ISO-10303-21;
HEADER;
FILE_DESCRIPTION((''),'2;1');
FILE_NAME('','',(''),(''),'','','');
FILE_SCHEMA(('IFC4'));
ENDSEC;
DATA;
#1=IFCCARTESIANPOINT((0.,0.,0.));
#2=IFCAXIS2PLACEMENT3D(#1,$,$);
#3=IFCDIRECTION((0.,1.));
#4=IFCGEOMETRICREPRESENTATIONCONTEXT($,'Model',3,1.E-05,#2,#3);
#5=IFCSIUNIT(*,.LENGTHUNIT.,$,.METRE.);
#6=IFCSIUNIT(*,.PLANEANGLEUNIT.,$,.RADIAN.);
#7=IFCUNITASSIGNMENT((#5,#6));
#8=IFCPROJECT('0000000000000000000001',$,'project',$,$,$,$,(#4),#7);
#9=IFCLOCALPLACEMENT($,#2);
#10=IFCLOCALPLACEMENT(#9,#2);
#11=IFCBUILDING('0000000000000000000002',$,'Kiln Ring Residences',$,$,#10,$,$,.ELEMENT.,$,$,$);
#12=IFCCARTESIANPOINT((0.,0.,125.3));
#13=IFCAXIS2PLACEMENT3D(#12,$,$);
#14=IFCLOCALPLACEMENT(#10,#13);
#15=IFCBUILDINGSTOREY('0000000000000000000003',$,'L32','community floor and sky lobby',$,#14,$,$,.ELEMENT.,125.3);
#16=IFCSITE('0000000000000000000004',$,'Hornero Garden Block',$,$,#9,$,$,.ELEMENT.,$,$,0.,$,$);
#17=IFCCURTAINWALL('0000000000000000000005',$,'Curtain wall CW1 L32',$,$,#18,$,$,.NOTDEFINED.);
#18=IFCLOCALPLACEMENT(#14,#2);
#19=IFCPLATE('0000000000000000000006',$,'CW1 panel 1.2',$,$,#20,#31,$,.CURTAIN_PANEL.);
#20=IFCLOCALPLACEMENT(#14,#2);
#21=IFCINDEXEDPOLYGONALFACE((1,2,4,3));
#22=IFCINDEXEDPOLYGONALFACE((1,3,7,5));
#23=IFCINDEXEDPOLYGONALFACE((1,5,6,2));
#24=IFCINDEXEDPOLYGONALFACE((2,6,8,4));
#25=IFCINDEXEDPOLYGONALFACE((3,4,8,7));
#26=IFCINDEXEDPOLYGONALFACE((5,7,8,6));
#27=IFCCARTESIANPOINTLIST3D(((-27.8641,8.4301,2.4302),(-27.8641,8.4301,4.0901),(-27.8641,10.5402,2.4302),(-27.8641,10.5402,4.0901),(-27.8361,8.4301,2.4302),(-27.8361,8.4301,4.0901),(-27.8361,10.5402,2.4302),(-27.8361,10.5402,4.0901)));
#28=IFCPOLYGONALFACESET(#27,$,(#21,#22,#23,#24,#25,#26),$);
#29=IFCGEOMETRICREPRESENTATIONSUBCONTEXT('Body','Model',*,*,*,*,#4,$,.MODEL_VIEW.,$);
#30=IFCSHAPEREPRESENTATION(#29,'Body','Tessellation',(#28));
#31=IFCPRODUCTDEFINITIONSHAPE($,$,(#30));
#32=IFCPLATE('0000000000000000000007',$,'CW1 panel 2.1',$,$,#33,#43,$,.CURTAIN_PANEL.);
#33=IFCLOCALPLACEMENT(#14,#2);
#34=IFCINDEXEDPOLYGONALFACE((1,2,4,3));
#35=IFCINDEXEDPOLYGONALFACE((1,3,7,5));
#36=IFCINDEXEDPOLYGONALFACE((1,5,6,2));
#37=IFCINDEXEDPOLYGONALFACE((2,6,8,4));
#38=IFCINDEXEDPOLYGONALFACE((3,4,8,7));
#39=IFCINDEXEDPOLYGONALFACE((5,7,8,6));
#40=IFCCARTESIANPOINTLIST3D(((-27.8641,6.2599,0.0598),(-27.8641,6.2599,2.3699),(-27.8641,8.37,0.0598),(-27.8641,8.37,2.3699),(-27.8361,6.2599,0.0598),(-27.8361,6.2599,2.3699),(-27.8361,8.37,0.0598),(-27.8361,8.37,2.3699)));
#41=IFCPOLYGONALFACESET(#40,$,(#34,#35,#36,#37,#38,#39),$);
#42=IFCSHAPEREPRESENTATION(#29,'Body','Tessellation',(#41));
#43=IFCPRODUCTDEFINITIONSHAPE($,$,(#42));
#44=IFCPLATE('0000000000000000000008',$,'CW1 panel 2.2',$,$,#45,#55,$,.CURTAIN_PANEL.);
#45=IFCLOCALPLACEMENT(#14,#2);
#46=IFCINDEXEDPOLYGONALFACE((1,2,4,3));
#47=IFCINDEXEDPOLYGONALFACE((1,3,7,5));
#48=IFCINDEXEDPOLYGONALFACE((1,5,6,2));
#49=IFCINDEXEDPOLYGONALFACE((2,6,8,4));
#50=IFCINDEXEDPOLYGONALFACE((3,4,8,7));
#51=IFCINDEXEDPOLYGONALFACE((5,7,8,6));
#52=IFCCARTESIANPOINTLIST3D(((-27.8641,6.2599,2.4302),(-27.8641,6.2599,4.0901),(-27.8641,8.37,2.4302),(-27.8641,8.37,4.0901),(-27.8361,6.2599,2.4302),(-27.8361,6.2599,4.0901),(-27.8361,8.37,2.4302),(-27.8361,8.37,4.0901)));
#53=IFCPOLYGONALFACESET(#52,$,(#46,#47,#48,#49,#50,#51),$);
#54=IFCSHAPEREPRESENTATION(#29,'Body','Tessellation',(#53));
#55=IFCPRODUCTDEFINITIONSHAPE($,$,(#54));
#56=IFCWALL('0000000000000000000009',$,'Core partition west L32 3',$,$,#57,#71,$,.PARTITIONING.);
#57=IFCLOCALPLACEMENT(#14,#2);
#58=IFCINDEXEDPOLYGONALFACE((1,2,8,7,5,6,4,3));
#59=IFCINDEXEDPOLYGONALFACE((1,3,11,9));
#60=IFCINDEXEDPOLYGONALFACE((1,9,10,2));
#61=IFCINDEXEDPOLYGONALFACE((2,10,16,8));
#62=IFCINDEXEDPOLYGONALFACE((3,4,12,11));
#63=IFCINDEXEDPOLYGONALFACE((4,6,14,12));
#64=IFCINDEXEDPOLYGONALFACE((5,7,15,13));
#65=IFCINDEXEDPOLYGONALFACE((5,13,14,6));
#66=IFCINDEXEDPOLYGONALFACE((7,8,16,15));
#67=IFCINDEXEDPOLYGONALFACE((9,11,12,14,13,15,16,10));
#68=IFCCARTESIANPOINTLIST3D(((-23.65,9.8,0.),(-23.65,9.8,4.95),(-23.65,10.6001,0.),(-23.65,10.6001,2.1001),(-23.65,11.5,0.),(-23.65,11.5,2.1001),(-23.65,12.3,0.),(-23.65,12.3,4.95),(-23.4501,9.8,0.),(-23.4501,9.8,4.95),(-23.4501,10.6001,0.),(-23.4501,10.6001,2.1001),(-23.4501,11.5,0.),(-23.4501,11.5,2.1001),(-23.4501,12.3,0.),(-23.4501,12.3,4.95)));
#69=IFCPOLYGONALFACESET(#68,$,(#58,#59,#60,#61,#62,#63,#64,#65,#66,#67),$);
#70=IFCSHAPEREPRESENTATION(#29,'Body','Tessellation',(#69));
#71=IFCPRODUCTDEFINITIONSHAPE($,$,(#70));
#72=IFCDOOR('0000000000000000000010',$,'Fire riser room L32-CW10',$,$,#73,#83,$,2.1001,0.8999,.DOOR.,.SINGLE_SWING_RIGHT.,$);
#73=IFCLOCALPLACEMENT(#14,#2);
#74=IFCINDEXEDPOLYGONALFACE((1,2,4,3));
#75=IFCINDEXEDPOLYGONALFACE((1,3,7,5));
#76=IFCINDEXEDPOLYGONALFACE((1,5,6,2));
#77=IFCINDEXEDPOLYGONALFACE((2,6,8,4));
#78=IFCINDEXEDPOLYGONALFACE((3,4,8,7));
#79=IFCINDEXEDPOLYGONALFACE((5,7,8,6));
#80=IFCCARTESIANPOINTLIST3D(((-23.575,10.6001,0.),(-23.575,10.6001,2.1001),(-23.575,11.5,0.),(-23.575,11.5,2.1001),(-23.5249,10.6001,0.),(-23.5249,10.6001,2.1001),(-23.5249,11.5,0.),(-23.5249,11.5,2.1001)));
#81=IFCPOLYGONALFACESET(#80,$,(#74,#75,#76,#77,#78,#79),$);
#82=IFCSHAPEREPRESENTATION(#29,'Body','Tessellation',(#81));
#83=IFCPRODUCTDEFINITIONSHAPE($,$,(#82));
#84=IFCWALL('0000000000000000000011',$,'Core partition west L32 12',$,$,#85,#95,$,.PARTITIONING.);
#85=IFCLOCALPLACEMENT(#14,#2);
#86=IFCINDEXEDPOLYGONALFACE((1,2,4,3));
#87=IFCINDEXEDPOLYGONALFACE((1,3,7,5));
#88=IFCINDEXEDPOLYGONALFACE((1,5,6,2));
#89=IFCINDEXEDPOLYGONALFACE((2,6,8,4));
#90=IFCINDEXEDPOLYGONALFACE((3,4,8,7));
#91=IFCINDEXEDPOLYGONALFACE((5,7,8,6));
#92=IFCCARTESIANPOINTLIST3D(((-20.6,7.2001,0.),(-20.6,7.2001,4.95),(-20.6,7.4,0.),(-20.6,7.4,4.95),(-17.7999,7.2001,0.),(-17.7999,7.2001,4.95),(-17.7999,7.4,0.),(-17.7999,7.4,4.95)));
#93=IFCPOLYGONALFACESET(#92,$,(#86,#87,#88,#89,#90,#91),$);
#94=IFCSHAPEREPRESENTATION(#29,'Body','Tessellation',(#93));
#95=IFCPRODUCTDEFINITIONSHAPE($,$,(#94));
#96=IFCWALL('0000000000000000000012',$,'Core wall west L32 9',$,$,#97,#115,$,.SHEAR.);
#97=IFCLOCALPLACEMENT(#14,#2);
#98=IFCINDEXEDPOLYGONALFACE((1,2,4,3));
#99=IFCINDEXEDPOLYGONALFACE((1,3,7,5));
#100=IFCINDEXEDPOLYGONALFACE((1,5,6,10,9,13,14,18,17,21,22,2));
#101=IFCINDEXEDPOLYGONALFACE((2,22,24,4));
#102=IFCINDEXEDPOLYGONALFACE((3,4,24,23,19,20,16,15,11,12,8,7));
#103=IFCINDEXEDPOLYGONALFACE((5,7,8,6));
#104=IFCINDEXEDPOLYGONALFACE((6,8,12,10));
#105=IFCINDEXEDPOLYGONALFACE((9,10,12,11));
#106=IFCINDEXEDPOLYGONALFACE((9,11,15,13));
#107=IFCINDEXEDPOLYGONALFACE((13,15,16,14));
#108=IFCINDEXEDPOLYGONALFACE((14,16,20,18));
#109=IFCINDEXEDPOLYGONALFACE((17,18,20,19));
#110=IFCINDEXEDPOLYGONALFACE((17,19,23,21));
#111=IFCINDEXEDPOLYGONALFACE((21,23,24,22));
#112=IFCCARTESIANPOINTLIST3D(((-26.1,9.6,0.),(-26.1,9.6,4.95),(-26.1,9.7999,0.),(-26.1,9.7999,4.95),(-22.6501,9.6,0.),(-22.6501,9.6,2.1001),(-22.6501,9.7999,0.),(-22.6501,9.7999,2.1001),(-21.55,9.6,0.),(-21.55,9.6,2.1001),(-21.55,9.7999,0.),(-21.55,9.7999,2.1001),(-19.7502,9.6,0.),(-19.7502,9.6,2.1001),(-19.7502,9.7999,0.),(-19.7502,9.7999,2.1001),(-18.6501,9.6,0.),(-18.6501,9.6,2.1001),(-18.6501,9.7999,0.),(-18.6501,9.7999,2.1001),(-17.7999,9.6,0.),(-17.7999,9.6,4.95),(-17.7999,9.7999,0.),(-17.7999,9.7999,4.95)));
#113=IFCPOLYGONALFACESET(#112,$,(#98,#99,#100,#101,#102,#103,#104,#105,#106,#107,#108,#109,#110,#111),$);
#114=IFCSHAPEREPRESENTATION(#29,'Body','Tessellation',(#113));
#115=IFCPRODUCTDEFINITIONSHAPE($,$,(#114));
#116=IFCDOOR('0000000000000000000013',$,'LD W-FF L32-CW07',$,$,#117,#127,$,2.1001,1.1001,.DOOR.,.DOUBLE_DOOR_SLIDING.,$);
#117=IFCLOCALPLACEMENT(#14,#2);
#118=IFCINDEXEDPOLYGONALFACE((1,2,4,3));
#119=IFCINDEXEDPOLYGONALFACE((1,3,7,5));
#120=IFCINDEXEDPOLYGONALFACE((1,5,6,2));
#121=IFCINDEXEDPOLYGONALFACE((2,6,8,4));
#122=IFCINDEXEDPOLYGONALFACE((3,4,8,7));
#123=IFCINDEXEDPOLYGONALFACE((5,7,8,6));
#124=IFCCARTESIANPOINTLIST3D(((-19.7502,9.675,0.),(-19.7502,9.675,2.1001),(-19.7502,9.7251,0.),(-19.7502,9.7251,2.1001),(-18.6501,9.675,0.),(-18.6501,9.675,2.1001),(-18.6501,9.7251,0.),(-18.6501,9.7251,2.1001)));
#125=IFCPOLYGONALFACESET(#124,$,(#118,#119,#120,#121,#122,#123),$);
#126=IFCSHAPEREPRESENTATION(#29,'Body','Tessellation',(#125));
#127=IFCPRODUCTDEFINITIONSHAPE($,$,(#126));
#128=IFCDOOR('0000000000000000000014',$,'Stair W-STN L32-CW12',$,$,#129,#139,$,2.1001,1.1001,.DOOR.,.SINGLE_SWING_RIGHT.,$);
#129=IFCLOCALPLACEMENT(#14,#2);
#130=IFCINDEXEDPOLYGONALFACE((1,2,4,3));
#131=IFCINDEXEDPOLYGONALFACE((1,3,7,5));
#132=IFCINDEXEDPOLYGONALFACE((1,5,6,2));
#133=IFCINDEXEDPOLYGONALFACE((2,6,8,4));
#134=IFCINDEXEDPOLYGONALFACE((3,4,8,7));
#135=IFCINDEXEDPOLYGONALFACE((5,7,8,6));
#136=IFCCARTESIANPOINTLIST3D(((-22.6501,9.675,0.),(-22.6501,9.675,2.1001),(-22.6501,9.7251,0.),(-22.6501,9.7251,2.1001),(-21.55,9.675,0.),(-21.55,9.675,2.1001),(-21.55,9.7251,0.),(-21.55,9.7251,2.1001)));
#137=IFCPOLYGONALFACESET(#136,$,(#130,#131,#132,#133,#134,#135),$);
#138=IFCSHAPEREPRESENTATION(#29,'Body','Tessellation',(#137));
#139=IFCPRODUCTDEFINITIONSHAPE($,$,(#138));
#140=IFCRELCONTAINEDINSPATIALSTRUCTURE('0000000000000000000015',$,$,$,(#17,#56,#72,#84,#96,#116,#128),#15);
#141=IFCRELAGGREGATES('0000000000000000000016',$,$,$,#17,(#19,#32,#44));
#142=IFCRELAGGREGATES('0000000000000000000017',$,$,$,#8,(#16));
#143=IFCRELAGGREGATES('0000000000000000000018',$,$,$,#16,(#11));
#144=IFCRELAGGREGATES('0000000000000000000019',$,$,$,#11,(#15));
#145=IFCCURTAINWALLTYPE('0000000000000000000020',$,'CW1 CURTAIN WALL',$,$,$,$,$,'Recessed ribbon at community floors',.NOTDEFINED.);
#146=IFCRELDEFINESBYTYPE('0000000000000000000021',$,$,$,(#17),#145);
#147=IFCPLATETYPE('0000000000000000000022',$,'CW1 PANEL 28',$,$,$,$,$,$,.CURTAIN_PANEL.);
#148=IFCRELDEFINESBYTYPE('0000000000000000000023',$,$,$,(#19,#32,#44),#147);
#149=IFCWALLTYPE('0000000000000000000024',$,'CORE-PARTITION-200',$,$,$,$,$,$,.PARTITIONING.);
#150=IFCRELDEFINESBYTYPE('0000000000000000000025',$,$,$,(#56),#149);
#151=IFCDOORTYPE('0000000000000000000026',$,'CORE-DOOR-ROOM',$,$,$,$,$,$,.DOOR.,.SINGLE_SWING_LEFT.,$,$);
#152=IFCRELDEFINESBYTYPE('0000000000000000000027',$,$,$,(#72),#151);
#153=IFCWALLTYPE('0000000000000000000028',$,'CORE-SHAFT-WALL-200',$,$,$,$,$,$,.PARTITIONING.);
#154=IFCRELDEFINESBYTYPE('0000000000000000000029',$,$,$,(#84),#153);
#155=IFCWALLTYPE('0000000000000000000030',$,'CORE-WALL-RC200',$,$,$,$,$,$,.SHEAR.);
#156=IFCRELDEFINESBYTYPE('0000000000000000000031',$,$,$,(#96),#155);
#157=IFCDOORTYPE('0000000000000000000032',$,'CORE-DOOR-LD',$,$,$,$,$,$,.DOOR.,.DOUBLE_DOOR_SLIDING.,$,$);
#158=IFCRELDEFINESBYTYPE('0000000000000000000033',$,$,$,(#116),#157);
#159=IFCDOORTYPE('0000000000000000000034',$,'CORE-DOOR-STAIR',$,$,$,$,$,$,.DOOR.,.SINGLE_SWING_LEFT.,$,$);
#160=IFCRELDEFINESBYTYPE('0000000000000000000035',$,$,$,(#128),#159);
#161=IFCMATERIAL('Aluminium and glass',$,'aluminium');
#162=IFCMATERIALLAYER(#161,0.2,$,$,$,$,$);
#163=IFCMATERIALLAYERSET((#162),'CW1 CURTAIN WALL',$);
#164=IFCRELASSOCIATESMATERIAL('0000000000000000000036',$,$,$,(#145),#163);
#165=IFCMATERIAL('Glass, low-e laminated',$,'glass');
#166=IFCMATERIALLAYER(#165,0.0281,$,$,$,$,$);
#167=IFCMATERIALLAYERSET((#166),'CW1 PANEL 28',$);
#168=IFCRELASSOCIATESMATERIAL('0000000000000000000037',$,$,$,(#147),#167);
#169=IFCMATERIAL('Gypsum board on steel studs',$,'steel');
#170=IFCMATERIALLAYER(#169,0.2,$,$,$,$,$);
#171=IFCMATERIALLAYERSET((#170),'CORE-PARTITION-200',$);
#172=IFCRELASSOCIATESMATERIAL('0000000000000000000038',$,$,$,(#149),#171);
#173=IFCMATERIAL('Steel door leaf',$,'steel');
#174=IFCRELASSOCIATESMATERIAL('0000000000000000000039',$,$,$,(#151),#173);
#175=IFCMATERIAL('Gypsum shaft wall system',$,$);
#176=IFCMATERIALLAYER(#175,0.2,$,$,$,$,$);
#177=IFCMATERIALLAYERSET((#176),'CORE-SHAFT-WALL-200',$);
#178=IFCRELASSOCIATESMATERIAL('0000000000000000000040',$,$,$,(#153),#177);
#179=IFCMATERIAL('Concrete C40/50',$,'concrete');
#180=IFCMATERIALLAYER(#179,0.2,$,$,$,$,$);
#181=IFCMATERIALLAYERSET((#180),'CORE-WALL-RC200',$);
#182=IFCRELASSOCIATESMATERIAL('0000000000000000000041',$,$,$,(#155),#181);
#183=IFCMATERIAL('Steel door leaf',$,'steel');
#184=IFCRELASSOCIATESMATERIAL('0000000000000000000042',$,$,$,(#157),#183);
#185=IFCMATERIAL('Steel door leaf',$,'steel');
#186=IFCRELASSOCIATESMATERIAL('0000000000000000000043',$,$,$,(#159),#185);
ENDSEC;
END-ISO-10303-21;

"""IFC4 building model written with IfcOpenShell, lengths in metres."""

from ifc_helpers import new_model, si_unit, direction, frame, frame_2d, origin, origin_2d, place, context, subcontext, project, spatial, rectangle, extrude, material, layer, layer_set, type_object, element, fill, aggregate, save


model = new_model("IFC4")

# Units and contexts
model_context = context("Model", 3, precision=1e-05, world=origin(), true_north=direction((0.0, 1.0)))
body_context = subcontext(model_context, "Body", "Model", "MODEL_VIEW")
ifc_project = project(units=[si_unit("LENGTHUNIT", "METRE"), si_unit("PLANEANGLEUNIT", "RADIAN")], contexts=[model_context])

# Site, building, storey
site_placement = place(None, origin())
site = spatial("IfcSite", under=ifc_project, at=site_placement, Name="Hornero Garden Block", CompositionType="ELEMENT", RefElevation=0.0)
building_placement = place(site_placement, origin())
building = spatial("IfcBuilding", under=site, at=building_placement, Name="Kiln Ring Residences", CompositionType="ELEMENT")
storey_placement = place(building_placement, frame((0.0, 0.0, 125.3)))
storey = spatial("IfcBuildingStorey", under=building, at=storey_placement, Name="L32", Description="community floor and sky lobby", CompositionType="ELEMENT", Elevation=125.3)

# Curtain wall
ifc_material_1 = material(Name="Aluminium and glass", Category="aluminium")
ifc_layer_1 = layer(ifc_material_1, 0.2)
ifc_layer_set_1 = layer_set([ifc_layer_1], Name="CW1 CURTAIN WALL")
curtain_wall_type = type_object("IfcCurtainWallType", Name="CW1 CURTAIN WALL", ElementType="Recessed ribbon at community floors", PredefinedType="NOTDEFINED", material=ifc_layer_set_1)
placement = place(storey_placement, origin())
curtain_wall = element("IfcCurtainWall", 1, at=placement, inside=storey, type_object=curtain_wall_type, Name="Curtain wall CW1 L32", PredefinedType="NOTDEFINED")

# Plates
ifc_material_2 = material(Name="Glass, low-e laminated", Category="glass")
ifc_layer_2 = layer(ifc_material_2, 0.0281)
ifc_layer_set_2 = layer_set([ifc_layer_2], Name="CW1 PANEL 28")
plate_type = type_object("IfcPlateType", Name="CW1 PANEL 28", PredefinedType="CURTAIN_PANEL", material=ifc_layer_set_2)
plate_1_placement = place(storey_placement, frame((-27.8501, 9.4851, 2.4302), z_axis=(0.0, 0.0, 1.0), x_axis=(0.0, -1.0, 0.0)))
plate_1 = element("IfcPlate", 2, at=plate_1_placement, type_object=plate_type, Name="CW1 panel 1.2", PredefinedType="CURTAIN_PANEL", context=body_context, shape_type="SweptSolid", body=[
    extrude(rectangle(XDim=2.1101, YDim=0.0281, at=origin_2d()), origin(), (0.0, 0.0, 1.0), 1.6599),
])
plate_2_placement = place(storey_placement, frame((-27.8501, 7.3149, 0.0598), z_axis=(0.0, 0.0, 1.0), x_axis=(0.0, -1.0, 0.0)))
plate_2 = element("IfcPlate", 3, at=plate_2_placement, type_object=plate_type, Name="CW1 panel 2.1", PredefinedType="CURTAIN_PANEL", context=body_context, shape_type="SweptSolid", body=[
    extrude(rectangle(XDim=2.1101, YDim=0.0281, at=origin_2d()), origin(), (0.0, 0.0, 1.0), 2.3101),
])
plate_3_placement = place(storey_placement, frame((-27.8501, 7.3149, 2.4302), z_axis=(0.0, 0.0, 1.0), x_axis=(0.0, -1.0, 0.0)))
plate_3 = element("IfcPlate", 4, at=plate_3_placement, type_object=plate_type, Name="CW1 panel 2.2", PredefinedType="CURTAIN_PANEL", context=body_context, shape_type="SweptSolid", body=[
    extrude(rectangle(XDim=2.1101, YDim=0.0281, at=origin_2d()), origin(), (0.0, 0.0, 1.0), 1.6599),
])
aggregate(curtain_wall, [plate_1, plate_2, plate_3])

# Wall, opening, door
ifc_material_3 = material(Name="Gypsum board on steel studs", Category="steel")
ifc_layer_3 = layer(ifc_material_3, 0.2)
ifc_layer_set_3 = layer_set([ifc_layer_3], Name="CORE-PARTITION-200")
wall_type_1 = type_object("IfcWallType", Name="CORE-PARTITION-200", PredefinedType="PARTITIONING", material=ifc_layer_set_3)
wall_1_placement = place(storey_placement, frame((-23.55, 9.8, 0.0), z_axis=(0.0, 0.0, 1.0), x_axis=(0.0, 1.0, 0.0)))
wall_1 = element("IfcWall", 5, at=wall_1_placement, inside=storey, type_object=wall_type_1, Name="Core partition west L32 3", PredefinedType="PARTITIONING", context=body_context, shape_type="SweptSolid", body=[
    extrude(rectangle(XDim=2.5, YDim=0.2, at=frame_2d((1.25, 0.0))), origin(), (0.0, 0.0, 1.0), 4.95),
])
opening_1_placement = place(wall_1_placement, frame((0.8, 0.0, 0.0)))
opening_1 = element("IfcOpeningElement", 6, at=opening_1_placement, cuts=wall_1, PredefinedType="OPENING", context=body_context, shape_type="SweptSolid", body=[
    extrude(rectangle(XDim=0.8999, YDim=2.1001, at=frame_2d((0.45, 1.05))), frame((0.0, 0.1099, 0.0), z_axis=(0.0, -1.0, 0.0), x_axis=(1.0, 0.0, 0.0)), (0.0, 0.0, 1.0), 0.22),
])
ifc_material_4 = material(Name="Steel door leaf", Category="steel")
door_type_1 = type_object("IfcDoorType", Name="CORE-DOOR-ROOM", OperationType="SINGLE_SWING_LEFT", PredefinedType="DOOR", material=ifc_material_4)
door_1_placement = place(opening_1_placement, origin())
door_1 = element("IfcDoor", 7, at=door_1_placement, inside=storey, type_object=door_type_1, Name="Fire riser room L32-CW10", OperationType="SINGLE_SWING_RIGHT", OverallHeight=2.1001, OverallWidth=0.8999, PredefinedType="DOOR", context=body_context, shape_type="SweptSolid", body=[
    extrude(rectangle(XDim=0.8999, YDim=2.1001, at=frame_2d((0.45, 1.05))), frame((0.0, 0.0249, 0.0), z_axis=(0.0, -1.0, 0.0), x_axis=(1.0, 0.0, 0.0)), (0.0, 0.0, 1.0), 0.05),
])
fill(opening_1, door_1)

# Wall
ifc_material_5 = material(Name="Gypsum shaft wall system")
ifc_layer_4 = layer(ifc_material_5, 0.2)
ifc_layer_set_4 = layer_set([ifc_layer_4], Name="CORE-SHAFT-WALL-200")
wall_type_2 = type_object("IfcWallType", Name="CORE-SHAFT-WALL-200", PredefinedType="PARTITIONING", material=ifc_layer_set_4)
wall_2_placement = place(storey_placement, frame((-17.8, 7.3, 0.0), z_axis=(0.0, 0.0, 1.0), x_axis=(-1.0, 0.0, 0.0)))
element("IfcWall", 8, at=wall_2_placement, inside=storey, type_object=wall_type_2, Name="Core partition west L32 12", PredefinedType="PARTITIONING", context=body_context, shape_type="SweptSolid", body=[
    extrude(rectangle(XDim=2.8, YDim=0.2, at=frame_2d((1.3999, 0.0))), origin(), (0.0, 0.0, 1.0), 4.95),
])

# Wall, openings, doors
ifc_material_6 = material(Name="Concrete C40/50", Category="concrete")
ifc_layer_5 = layer(ifc_material_6, 0.2)
ifc_layer_set_5 = layer_set([ifc_layer_5], Name="CORE-WALL-RC200")
wall_type_3 = type_object("IfcWallType", Name="CORE-WALL-RC200", PredefinedType="SHEAR", material=ifc_layer_set_5)
wall_3_placement = place(storey_placement, frame((-17.8, 9.7, 0.0), z_axis=(0.0, 0.0, 1.0), x_axis=(-1.0, 0.0, 0.0)))
wall_3 = element("IfcWall", 9, at=wall_3_placement, inside=storey, type_object=wall_type_3, Name="Core wall west L32 9", PredefinedType="SHEAR", context=body_context, shape_type="SweptSolid", body=[
    extrude(rectangle(XDim=8.3, YDim=0.2, at=frame_2d((4.1499, 0.0))), origin(), (0.0, 0.0, 1.0), 4.95),
])
opening_2_placement = place(wall_3_placement, frame((0.8501, 0.0, 0.0)))
opening_2 = element("IfcOpeningElement", 10, at=opening_2_placement, cuts=wall_3, PredefinedType="OPENING", context=body_context, shape_type="SweptSolid", body=[
    extrude(rectangle(XDim=1.1001, YDim=2.1001, at=frame_2d((0.55, 1.05))), frame((0.0, 0.1099, 0.0), z_axis=(0.0, -1.0, 0.0), x_axis=(1.0, 0.0, 0.0)), (0.0, 0.0, 1.0), 0.22),
])
opening_3_placement = place(wall_3_placement, frame((3.75, 0.0, 0.0)))
opening_3 = element("IfcOpeningElement", 11, at=opening_3_placement, cuts=wall_3, PredefinedType="OPENING", context=body_context, shape_type="SweptSolid", body=[
    extrude(rectangle(XDim=1.1001, YDim=2.1001, at=frame_2d((0.55, 1.05))), frame((0.0, 0.1099, 0.0), z_axis=(0.0, -1.0, 0.0), x_axis=(1.0, 0.0, 0.0)), (0.0, 0.0, 1.0), 0.22),
])
ifc_material_7 = material(Name="Steel door leaf", Category="steel")
door_type_2 = type_object("IfcDoorType", Name="CORE-DOOR-LD", OperationType="DOUBLE_DOOR_SLIDING", PredefinedType="DOOR", material=ifc_material_7)
door_2_placement = place(opening_2_placement, origin())
door_2 = element("IfcDoor", 12, at=door_2_placement, inside=storey, type_object=door_type_2, Name="LD W-FF L32-CW07", OperationType="DOUBLE_DOOR_SLIDING", OverallHeight=2.1001, OverallWidth=1.1001, PredefinedType="DOOR", context=body_context, shape_type="SweptSolid", body=[
    extrude(rectangle(XDim=1.1001, YDim=2.1001, at=frame_2d((0.55, 1.05))), frame((0.0, 0.0249, 0.0), z_axis=(0.0, -1.0, 0.0), x_axis=(1.0, 0.0, 0.0)), (0.0, 0.0, 1.0), 0.05),
])
fill(opening_2, door_2)
ifc_material_8 = material(Name="Steel door leaf", Category="steel")
door_type_3 = type_object("IfcDoorType", Name="CORE-DOOR-STAIR", OperationType="SINGLE_SWING_LEFT", PredefinedType="DOOR", material=ifc_material_8)
door_3_placement = place(opening_3_placement, origin())
door_3 = element("IfcDoor", 13, at=door_3_placement, inside=storey, type_object=door_type_3, Name="Stair W-STN L32-CW12", OperationType="SINGLE_SWING_RIGHT", OverallHeight=2.1001, OverallWidth=1.1001, PredefinedType="DOOR", context=body_context, shape_type="SweptSolid", body=[
    extrude(rectangle(XDim=1.1001, YDim=2.1001, at=frame_2d((0.55, 1.05))), frame((0.0, 0.0249, 0.0), z_axis=(0.0, -1.0, 0.0), x_axis=(1.0, 0.0, 0.0)), (0.0, 0.0, 1.0), 0.05),
])
fill(opening_3, door_3)

save(model, "model.ifc")
